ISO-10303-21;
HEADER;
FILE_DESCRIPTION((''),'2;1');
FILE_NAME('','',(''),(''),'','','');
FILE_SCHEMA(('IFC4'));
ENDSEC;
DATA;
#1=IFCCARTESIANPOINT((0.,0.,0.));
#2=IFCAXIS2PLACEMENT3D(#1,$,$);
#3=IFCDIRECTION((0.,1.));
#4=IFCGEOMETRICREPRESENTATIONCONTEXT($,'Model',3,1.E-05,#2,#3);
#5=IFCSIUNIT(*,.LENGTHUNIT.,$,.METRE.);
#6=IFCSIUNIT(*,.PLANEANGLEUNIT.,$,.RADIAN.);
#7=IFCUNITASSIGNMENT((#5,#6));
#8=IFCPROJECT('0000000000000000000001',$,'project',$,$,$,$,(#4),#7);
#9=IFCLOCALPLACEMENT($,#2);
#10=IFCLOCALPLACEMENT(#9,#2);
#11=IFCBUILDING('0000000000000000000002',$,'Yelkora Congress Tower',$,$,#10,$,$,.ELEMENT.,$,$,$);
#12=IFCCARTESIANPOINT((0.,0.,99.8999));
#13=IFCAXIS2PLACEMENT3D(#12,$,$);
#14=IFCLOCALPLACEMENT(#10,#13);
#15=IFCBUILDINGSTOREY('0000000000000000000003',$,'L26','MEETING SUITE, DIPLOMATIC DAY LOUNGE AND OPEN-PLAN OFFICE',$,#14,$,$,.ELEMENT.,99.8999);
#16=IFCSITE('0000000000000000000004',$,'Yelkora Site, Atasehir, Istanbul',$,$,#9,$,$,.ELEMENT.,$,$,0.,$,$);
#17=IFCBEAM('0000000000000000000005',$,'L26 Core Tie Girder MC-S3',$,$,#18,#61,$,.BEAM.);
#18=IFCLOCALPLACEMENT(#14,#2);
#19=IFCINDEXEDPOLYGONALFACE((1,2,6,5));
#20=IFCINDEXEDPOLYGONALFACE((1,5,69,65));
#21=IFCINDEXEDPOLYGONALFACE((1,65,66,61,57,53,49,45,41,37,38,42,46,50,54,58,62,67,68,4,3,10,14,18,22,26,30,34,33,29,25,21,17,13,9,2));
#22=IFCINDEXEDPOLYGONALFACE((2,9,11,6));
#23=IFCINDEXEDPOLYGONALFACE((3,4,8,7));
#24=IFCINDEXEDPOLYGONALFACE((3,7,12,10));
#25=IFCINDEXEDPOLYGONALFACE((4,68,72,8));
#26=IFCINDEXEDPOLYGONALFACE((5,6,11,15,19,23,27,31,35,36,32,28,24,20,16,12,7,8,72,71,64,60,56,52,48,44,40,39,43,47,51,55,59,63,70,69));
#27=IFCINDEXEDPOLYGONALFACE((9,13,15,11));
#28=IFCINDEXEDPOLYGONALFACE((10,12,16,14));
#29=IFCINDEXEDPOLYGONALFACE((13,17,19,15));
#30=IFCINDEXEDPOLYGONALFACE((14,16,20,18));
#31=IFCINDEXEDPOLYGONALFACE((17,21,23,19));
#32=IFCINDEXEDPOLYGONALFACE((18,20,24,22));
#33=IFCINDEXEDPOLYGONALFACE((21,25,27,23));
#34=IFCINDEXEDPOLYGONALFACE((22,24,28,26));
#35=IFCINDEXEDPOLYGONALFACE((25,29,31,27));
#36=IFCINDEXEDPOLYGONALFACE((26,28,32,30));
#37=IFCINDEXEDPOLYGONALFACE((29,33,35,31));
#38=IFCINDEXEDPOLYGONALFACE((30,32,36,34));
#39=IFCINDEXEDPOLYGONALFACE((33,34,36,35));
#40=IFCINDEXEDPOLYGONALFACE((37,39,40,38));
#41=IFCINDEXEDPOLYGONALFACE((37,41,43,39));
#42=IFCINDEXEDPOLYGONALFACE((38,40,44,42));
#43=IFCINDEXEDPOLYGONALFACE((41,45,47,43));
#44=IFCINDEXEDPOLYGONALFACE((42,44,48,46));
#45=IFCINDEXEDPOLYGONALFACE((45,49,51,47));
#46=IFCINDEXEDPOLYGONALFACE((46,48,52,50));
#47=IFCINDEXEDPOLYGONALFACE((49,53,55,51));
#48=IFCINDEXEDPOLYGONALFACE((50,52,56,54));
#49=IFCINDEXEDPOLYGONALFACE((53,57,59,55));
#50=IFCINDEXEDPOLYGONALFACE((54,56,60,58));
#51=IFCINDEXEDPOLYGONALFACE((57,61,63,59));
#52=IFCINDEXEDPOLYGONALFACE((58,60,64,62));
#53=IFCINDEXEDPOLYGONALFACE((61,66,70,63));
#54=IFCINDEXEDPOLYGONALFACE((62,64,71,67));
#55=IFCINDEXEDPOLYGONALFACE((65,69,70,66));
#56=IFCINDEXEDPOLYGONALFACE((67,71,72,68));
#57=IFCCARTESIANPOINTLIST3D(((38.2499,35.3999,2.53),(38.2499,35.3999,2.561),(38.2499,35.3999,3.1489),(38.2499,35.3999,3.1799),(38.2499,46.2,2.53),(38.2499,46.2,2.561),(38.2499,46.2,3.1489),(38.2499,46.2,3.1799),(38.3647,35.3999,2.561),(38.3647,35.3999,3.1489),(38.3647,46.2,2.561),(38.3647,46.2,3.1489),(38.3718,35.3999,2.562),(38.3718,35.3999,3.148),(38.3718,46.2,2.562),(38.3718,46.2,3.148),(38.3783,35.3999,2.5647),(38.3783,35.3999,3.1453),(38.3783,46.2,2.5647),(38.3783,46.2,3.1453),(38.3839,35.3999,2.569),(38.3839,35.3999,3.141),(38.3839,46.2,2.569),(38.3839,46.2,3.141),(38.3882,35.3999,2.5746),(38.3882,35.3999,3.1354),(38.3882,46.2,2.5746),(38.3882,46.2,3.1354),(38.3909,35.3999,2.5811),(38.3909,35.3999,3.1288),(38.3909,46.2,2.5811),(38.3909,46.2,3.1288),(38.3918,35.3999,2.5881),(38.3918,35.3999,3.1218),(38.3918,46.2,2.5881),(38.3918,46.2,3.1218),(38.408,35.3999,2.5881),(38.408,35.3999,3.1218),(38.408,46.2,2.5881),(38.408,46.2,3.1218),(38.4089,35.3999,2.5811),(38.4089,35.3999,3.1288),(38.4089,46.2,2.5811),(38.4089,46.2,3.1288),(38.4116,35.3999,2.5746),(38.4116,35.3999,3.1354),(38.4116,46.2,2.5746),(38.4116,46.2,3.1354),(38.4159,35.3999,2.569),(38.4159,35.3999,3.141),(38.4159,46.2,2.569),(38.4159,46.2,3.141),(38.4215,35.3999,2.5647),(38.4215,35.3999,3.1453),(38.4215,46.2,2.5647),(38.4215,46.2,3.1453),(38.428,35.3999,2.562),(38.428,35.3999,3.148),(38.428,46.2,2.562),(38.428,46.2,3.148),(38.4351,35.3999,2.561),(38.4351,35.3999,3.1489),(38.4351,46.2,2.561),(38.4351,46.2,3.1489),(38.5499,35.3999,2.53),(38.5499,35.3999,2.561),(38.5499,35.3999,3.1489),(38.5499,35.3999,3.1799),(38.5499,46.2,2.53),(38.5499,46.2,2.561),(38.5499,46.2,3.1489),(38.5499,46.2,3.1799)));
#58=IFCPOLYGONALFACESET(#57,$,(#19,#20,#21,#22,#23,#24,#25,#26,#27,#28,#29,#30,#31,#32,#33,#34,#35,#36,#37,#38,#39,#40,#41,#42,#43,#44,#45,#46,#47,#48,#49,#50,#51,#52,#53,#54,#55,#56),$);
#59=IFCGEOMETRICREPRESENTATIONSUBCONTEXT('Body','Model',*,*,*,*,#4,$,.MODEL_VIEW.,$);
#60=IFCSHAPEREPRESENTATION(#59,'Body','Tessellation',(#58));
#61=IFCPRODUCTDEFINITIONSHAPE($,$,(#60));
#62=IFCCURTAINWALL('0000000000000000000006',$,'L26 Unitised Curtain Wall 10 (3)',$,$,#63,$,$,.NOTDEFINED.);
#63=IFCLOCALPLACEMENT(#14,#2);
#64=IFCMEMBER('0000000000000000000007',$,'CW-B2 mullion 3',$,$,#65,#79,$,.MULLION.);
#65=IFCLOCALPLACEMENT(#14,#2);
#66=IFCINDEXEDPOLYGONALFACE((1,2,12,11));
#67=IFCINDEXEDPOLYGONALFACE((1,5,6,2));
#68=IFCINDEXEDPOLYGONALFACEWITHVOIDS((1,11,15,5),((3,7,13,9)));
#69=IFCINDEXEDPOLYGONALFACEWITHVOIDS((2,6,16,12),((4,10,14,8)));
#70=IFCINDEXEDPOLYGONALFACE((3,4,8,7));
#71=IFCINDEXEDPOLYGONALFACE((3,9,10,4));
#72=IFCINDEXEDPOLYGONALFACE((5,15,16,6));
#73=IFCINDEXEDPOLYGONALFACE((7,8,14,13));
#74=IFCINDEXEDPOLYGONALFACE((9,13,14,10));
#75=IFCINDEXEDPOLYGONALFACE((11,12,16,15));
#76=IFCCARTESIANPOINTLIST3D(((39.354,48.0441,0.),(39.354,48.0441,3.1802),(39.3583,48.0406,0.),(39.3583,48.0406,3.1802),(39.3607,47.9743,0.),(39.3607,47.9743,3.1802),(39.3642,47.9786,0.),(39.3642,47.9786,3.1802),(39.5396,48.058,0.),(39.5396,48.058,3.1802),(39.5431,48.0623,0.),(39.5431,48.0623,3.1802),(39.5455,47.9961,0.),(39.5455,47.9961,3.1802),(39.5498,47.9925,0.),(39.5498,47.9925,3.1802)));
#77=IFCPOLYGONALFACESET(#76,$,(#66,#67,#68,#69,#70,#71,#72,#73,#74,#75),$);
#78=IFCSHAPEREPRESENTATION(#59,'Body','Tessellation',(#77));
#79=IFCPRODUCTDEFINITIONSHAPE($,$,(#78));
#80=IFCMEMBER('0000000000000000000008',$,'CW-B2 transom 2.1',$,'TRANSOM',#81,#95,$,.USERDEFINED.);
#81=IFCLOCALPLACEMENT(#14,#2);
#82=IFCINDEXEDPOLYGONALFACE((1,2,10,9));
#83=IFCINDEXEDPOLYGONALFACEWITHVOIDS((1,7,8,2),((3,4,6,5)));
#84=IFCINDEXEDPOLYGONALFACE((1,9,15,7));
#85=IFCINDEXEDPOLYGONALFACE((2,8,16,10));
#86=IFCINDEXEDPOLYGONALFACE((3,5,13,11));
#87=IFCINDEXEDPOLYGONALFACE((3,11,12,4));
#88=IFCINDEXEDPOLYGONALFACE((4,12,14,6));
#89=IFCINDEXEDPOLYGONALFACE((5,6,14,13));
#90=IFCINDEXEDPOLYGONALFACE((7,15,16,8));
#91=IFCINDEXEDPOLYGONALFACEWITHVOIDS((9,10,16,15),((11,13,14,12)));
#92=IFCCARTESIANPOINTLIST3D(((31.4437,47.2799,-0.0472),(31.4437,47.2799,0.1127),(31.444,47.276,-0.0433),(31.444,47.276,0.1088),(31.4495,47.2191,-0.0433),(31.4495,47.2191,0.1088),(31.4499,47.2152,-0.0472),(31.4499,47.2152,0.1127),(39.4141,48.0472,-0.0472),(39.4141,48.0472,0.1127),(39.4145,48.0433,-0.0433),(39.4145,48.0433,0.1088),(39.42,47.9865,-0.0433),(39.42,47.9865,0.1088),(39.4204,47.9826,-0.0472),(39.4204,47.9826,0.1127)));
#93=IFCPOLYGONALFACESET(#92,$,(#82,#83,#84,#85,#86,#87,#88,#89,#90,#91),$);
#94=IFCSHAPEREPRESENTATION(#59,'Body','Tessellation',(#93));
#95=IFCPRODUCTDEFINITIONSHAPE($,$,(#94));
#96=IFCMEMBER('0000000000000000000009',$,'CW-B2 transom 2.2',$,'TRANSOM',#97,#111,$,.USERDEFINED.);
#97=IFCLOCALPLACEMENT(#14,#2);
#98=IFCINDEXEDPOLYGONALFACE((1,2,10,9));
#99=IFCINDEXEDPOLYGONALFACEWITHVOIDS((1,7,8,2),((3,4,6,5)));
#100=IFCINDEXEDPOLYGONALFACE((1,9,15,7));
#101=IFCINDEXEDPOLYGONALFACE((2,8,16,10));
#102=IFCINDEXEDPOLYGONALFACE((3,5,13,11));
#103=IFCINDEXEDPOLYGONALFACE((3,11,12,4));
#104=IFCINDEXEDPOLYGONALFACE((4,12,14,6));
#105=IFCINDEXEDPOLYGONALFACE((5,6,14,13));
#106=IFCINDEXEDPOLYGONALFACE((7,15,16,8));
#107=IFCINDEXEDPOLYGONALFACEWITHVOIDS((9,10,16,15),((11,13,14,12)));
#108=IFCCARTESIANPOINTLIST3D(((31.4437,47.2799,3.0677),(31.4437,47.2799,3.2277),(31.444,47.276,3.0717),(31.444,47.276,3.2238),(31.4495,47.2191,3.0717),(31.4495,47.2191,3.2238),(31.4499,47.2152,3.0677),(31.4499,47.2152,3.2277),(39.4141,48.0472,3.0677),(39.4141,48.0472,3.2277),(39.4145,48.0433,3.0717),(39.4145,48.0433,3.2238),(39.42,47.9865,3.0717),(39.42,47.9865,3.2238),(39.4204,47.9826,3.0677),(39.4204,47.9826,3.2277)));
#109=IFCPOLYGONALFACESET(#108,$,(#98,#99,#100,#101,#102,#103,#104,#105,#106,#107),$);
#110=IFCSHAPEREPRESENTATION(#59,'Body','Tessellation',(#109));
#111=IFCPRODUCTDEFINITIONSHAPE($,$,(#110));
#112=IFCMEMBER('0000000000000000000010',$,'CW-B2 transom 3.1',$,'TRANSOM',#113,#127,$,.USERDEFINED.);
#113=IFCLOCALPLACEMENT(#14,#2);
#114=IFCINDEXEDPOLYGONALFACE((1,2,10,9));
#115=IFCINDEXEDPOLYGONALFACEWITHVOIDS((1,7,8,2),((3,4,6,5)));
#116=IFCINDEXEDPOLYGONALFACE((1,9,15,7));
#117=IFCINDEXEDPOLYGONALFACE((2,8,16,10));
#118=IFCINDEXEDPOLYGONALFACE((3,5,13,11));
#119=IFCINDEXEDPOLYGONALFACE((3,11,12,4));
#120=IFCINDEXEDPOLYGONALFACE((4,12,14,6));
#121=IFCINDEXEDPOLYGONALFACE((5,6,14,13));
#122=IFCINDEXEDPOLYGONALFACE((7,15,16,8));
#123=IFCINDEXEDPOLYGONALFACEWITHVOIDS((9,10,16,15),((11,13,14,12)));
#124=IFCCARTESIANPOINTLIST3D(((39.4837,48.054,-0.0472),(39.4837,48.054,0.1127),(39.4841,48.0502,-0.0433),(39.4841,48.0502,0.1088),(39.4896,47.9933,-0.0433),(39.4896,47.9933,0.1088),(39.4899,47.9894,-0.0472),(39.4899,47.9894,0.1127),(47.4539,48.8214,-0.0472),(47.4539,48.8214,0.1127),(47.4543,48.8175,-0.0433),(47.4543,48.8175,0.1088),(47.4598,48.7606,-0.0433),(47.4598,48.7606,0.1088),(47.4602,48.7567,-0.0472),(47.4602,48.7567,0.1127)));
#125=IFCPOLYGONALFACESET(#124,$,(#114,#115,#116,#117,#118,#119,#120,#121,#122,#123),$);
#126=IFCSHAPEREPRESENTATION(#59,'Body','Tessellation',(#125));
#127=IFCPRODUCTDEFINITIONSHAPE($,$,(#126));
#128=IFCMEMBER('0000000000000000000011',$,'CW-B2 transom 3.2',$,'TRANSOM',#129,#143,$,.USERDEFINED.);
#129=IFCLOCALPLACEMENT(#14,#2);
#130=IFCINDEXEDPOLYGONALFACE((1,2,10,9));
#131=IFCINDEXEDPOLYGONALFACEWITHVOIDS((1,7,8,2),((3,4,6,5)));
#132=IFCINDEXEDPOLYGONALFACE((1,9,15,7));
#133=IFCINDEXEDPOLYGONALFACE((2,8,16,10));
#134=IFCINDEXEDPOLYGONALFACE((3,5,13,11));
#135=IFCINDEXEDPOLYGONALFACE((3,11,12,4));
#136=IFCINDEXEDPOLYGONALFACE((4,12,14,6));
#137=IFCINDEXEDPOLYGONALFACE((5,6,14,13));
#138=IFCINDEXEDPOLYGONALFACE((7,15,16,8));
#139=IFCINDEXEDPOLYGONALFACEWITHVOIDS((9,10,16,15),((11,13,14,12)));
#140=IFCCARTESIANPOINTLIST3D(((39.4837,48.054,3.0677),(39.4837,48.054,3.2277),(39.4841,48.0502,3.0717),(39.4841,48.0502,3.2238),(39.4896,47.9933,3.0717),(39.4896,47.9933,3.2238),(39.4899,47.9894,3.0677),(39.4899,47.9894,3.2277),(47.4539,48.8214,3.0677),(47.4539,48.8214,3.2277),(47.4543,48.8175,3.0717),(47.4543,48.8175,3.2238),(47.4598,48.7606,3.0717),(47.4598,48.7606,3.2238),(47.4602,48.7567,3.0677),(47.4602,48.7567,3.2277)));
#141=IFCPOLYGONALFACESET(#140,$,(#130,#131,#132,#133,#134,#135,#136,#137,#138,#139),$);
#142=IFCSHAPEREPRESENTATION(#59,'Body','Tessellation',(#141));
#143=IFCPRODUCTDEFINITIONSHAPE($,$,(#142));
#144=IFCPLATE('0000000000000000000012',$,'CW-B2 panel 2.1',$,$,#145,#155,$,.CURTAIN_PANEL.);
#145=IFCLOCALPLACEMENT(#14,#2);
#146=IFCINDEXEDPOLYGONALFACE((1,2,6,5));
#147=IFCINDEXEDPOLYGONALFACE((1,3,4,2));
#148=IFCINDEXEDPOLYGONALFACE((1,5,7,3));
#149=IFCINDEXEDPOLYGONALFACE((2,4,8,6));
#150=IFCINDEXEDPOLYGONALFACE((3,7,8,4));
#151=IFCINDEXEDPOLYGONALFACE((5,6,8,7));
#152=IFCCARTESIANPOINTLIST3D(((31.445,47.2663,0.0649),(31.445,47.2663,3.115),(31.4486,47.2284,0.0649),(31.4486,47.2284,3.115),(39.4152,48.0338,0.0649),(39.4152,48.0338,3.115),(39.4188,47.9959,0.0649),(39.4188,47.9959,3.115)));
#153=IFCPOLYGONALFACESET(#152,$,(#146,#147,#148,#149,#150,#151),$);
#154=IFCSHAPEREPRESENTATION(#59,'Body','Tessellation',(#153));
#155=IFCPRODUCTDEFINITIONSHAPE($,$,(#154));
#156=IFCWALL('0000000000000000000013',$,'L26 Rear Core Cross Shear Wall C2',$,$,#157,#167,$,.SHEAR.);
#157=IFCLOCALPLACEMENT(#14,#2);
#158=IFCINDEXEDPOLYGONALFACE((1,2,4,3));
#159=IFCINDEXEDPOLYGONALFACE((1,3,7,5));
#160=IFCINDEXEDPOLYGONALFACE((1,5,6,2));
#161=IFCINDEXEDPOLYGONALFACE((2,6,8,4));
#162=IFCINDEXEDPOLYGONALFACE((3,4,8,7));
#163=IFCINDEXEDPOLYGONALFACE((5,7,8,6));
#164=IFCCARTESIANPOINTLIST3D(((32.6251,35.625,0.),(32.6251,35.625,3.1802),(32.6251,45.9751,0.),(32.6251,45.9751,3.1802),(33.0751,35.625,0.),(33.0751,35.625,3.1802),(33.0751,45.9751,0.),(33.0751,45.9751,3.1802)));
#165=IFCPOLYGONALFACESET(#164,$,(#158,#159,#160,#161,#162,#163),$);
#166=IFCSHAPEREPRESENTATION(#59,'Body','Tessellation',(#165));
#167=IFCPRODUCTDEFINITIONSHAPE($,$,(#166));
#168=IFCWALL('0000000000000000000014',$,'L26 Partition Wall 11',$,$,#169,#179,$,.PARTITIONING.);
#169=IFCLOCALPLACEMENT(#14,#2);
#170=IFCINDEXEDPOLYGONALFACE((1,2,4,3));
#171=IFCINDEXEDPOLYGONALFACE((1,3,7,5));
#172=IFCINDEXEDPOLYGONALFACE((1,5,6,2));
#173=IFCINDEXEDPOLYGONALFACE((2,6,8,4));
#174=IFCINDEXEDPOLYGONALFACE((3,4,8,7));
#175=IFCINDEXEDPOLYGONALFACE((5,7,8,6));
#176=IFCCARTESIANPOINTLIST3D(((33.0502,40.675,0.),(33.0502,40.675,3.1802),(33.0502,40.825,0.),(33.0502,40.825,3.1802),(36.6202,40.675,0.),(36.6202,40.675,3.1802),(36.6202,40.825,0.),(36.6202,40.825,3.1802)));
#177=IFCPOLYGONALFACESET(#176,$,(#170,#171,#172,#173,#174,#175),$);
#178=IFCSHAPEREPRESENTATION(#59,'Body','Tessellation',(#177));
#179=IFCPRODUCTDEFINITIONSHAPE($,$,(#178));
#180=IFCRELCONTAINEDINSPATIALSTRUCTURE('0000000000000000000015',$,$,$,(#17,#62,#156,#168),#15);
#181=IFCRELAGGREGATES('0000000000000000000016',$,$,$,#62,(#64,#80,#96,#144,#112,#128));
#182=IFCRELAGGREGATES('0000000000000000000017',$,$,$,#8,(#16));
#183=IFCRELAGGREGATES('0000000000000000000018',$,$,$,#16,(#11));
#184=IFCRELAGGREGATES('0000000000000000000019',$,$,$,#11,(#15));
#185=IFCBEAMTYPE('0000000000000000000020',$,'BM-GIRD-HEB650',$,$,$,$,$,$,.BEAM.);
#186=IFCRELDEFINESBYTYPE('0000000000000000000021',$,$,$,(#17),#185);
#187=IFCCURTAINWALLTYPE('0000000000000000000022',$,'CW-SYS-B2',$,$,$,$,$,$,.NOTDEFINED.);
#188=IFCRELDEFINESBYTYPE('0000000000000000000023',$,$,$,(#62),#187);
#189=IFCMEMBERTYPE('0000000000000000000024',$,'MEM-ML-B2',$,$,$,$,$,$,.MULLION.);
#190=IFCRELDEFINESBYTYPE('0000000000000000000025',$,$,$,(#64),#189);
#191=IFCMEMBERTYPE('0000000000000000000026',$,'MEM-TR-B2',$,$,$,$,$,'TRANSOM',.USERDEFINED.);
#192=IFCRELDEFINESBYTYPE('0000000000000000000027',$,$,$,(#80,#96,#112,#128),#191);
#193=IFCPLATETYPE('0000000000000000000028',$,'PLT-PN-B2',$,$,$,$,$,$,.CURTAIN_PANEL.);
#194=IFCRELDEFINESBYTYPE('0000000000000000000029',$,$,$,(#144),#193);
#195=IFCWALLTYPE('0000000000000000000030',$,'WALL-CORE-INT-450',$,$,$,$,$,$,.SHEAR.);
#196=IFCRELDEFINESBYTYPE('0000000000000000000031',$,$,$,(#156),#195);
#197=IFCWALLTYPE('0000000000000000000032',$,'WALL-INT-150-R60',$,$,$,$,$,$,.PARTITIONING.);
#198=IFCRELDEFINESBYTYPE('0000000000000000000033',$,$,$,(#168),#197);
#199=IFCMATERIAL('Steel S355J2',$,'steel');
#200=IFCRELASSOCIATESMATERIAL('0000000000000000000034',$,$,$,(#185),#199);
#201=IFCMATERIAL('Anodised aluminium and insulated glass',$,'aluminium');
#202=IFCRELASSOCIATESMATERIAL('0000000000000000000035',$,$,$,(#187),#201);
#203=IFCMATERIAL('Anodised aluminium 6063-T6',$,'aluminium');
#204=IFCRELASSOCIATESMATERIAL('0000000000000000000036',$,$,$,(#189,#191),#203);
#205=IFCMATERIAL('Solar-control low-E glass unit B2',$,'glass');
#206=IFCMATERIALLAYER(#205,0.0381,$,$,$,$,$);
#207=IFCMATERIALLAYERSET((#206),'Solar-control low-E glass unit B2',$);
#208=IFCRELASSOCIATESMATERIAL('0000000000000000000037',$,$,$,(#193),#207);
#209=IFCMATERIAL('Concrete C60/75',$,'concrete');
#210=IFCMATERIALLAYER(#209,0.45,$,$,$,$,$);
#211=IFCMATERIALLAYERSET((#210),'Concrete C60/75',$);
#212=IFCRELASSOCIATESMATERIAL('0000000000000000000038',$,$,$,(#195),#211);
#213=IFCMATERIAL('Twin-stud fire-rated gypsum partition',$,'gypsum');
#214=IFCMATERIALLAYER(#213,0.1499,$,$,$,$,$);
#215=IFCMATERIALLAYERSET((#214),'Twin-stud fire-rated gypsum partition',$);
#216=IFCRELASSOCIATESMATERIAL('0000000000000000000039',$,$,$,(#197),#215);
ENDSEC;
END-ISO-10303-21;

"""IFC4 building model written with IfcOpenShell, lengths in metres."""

from ifc_helpers import new_model, si_unit, direction, frame, frame_2d, origin, origin_2d, place, context, subcontext, project, spatial, rectangle, hollow_rectangle, i_section, extrude, material, layer, layer_set, material_profile, profile_set, type_object, element, aggregate, save


model = new_model("IFC4")

# Units and contexts
model_context = context("Model", 3, precision=1e-05, world=origin(), true_north=direction((0.0, 1.0)))
body_context = subcontext(model_context, "Body", "Model", "MODEL_VIEW")
ifc_project = project(units=[si_unit("LENGTHUNIT", "METRE"), si_unit("PLANEANGLEUNIT", "RADIAN")], contexts=[model_context])

# Site, building, storey
site_placement = place(None, origin())
site = spatial("IfcSite", under=ifc_project, at=site_placement, Name="Yelkora Site, Atasehir, Istanbul", CompositionType="ELEMENT", RefElevation=0.0)
building_placement = place(site_placement, origin())
building = spatial("IfcBuilding", under=site, at=building_placement, Name="Yelkora Congress Tower", CompositionType="ELEMENT")
storey_placement = place(building_placement, frame((0.0, 0.0, 99.8999)))
storey = spatial("IfcBuildingStorey", under=building, at=storey_placement, Name="L26", Description="MEETING SUITE, DIPLOMATIC DAY LOUNGE AND OPEN-PLAN OFFICE", CompositionType="ELEMENT", Elevation=99.8999)

# Beam
ifc_material_1 = material(Name="Steel S355J2", Category="steel")
ifc_material_profile_1 = material_profile(ifc_material_1, i_section(OverallWidth=0.3, OverallDepth=0.6499, WebThickness=0.0161, FlangeThickness=0.031, FilletRadius=0.0271, at=origin_2d()), Name="HEB 650")
ifc_profile_set_1 = profile_set([ifc_material_profile_1], Name="Steel S355J2")
beam_type = type_object("IfcBeamType", Name="BM-GIRD-HEB650", PredefinedType="BEAM", material=ifc_profile_set_1)
beam_placement = place(storey_placement, frame((38.3999, 35.3999, 2.855), z_axis=(0.0, 1.0, 0.0), x_axis=(-1.0, 0.0, 0.0)))
element("IfcBeam", 1, at=beam_placement, inside=storey, type_object=beam_type, Name="L26 Core Tie Girder MC-S3", PredefinedType="BEAM", context=body_context, shape_type="SweptSolid", body=[
    extrude(i_section(OverallWidth=0.3, OverallDepth=0.6499, WebThickness=0.0161, FlangeThickness=0.031, FilletRadius=0.0271, at=origin_2d()), origin(), (0.0, 0.0, 1.0), 10.8),
])

# Curtain wall, members, plate
ifc_material_2 = material(Name="Anodised aluminium and insulated glass", Category="aluminium")
curtain_wall_type = type_object("IfcCurtainWallType", Name="CW-SYS-B2", PredefinedType="NOTDEFINED", material=ifc_material_2)
curtain_wall_placement = place(storey_placement, origin())
curtain_wall = element("IfcCurtainWall", 2, at=curtain_wall_placement, inside=storey, type_object=curtain_wall_type, Name="L26 Unitised Curtain Wall 10 (3)", PredefinedType="NOTDEFINED")
ifc_material_3 = material(Name="Anodised aluminium 6063-T6", Category="aluminium")
ifc_material_profile_2 = material_profile(ifc_material_3, hollow_rectangle(XDim=0.0701, YDim=0.1899, WallThickness=0.0039, at=origin_2d()), Name="ALU 70x190x4")
ifc_profile_set_2 = profile_set([ifc_material_profile_2], Name="Anodised aluminium 6063-T6")
member_type_1 = type_object("IfcMemberType", Name="MEM-ML-B2", PredefinedType="MULLION", material=ifc_profile_set_2)
member_1_placement = place(storey_placement, frame((39.4519, 48.0183, 0.0), z_axis=(0.0, 0.0, 1.0), x_axis=(-0.095844, 0.995396, 0.0)))
member_1 = element("IfcMember", 3, at=member_1_placement, type_object=member_type_1, Name="CW-B2 mullion 3", PredefinedType="MULLION", context=body_context, shape_type="SweptSolid", body=[
    extrude(hollow_rectangle(XDim=0.0701, YDim=0.1899, WallThickness=0.0039, at=origin_2d()), origin(), (0.0, 0.0, 1.0), 3.1802),
])
ifc_material_profile_3 = material_profile(ifc_material_3, hollow_rectangle(XDim=0.0649, YDim=0.1599, WallThickness=0.0039, at=origin_2d()), Name="ALU 65x160x4")
ifc_profile_set_3 = profile_set([ifc_material_profile_3], Name="Anodised aluminium 6063-T6")
member_type_2 = type_object("IfcMemberType", Name="MEM-TR-B2", ElementType="TRANSOM", PredefinedType="USERDEFINED", material=ifc_profile_set_3)
member_2_placement = place(storey_placement, frame((31.4468, 47.2476, 0.0327), z_axis=(0.995398, 0.095829, 0.0), x_axis=(-0.095829, 0.995398, 0.0)))
member_2 = element("IfcMember", 4, at=member_2_placement, type_object=member_type_2, Name="CW-B2 transom 2.1", ObjectType="TRANSOM", PredefinedType="USERDEFINED", context=body_context, shape_type="SweptSolid", body=[
    extrude(hollow_rectangle(XDim=0.0649, YDim=0.1599, WallThickness=0.0039, at=origin_2d()), origin(), (0.0, 0.0, 1.0), 8.0073),
])
member_3_placement = place(storey_placement, frame((31.4468, 47.2476, 3.1477), z_axis=(0.995398, 0.095829, 0.0), x_axis=(-0.095829, 0.995398, 0.0)))
member_3 = element("IfcMember", 5, at=member_3_placement, type_object=member_type_2, Name="CW-B2 transom 2.2", ObjectType="TRANSOM", PredefinedType="USERDEFINED", context=body_context, shape_type="SweptSolid", body=[
    extrude(hollow_rectangle(XDim=0.0649, YDim=0.1599, WallThickness=0.0039, at=origin_2d()), origin(), (0.0, 0.0, 1.0), 8.0073),
])
member_4_placement = place(storey_placement, frame((39.4868, 48.0217, 0.0327), z_axis=(0.995398, 0.095832, 0.0), x_axis=(-0.095832, 0.995398, 0.0)))
member_4 = element("IfcMember", 6, at=member_4_placement, type_object=member_type_2, Name="CW-B2 transom 3.1", ObjectType="TRANSOM", PredefinedType="USERDEFINED", context=body_context, shape_type="SweptSolid", body=[
    extrude(hollow_rectangle(XDim=0.0649, YDim=0.1599, WallThickness=0.0039, at=origin_2d()), origin(), (0.0, 0.0, 1.0), 8.0071),
])
member_5_placement = place(storey_placement, frame((39.4868, 48.0217, 3.1477), z_axis=(0.995398, 0.095832, 0.0), x_axis=(-0.095832, 0.995398, 0.0)))
member_5 = element("IfcMember", 7, at=member_5_placement, type_object=member_type_2, Name="CW-B2 transom 3.2", ObjectType="TRANSOM", PredefinedType="USERDEFINED", context=body_context, shape_type="SweptSolid", body=[
    extrude(hollow_rectangle(XDim=0.0649, YDim=0.1599, WallThickness=0.0039, at=origin_2d()), origin(), (0.0, 0.0, 1.0), 8.0071),
])
ifc_material_4 = material(Name="Solar-control low-E glass unit B2", Category="glass")
ifc_layer_1 = layer(ifc_material_4, 0.0381)
ifc_layer_set_1 = layer_set([ifc_layer_1], Name="Solar-control low-E glass unit B2")
plate_type = type_object("IfcPlateType", Name="PLT-PN-B2", PredefinedType="CURTAIN_PANEL", material=ifc_layer_set_1)
plate_placement = place(storey_placement, frame((35.4319, 47.6311, 0.0649), z_axis=(0.0, 0.0, 1.0), x_axis=(0.995396, 0.095844, 0.0)))
plate = element("IfcPlate", 8, at=plate_placement, type_object=plate_type, Name="CW-B2 panel 2.1", PredefinedType="CURTAIN_PANEL", context=body_context, shape_type="SweptSolid", body=[
    extrude(rectangle(XDim=8.0071, YDim=0.0381, at=origin_2d()), origin(), (0.0, 0.0, 1.0), 3.05),
])
aggregate(curtain_wall, [member_1, member_2, member_3, plate, member_4, member_5])

# Walls
ifc_material_5 = material(Name="Concrete C60/75", Category="concrete")
ifc_layer_2 = layer(ifc_material_5, 0.45)
ifc_layer_set_2 = layer_set([ifc_layer_2], Name="Concrete C60/75")
wall_type_1 = type_object("IfcWallType", Name="WALL-CORE-INT-450", PredefinedType="SHEAR", material=ifc_layer_set_2)
wall_1_placement = place(storey_placement, frame((32.8501, 35.625, 0.0), z_axis=(0.0, 0.0, 1.0), x_axis=(0.0, 1.0, 0.0)))
element("IfcWall", 9, at=wall_1_placement, inside=storey, type_object=wall_type_1, Name="L26 Rear Core Cross Shear Wall C2", PredefinedType="SHEAR", context=body_context, shape_type="SweptSolid", body=[
    extrude(rectangle(XDim=10.3501, YDim=0.45, at=frame_2d((5.175, 0.0))), origin(), (0.0, 0.0, 1.0), 3.1802),
])
ifc_material_6 = material(Name="Twin-stud fire-rated gypsum partition", Category="gypsum")
ifc_layer_3 = layer(ifc_material_6, 0.1499)
ifc_layer_set_3 = layer_set([ifc_layer_3], Name="Twin-stud fire-rated gypsum partition")
wall_type_2 = type_object("IfcWallType", Name="WALL-INT-150-R60", PredefinedType="PARTITIONING", material=ifc_layer_set_3)
wall_2_placement = place(storey_placement, frame((33.05, 40.75, 0.0), z_axis=(0.0, 0.0, 1.0), x_axis=(1.0, 0.0, 0.0)))
element("IfcWall", 10, at=wall_2_placement, inside=storey, type_object=wall_type_2, Name="L26 Partition Wall 11", PredefinedType="PARTITIONING", context=body_context, shape_type="SweptSolid", body=[
    extrude(rectangle(XDim=3.5701, YDim=0.1499, at=frame_2d((1.7852, 0.0))), origin(), (0.0, 0.0, 1.0), 3.1802),
])

save(model, "model.ifc")
